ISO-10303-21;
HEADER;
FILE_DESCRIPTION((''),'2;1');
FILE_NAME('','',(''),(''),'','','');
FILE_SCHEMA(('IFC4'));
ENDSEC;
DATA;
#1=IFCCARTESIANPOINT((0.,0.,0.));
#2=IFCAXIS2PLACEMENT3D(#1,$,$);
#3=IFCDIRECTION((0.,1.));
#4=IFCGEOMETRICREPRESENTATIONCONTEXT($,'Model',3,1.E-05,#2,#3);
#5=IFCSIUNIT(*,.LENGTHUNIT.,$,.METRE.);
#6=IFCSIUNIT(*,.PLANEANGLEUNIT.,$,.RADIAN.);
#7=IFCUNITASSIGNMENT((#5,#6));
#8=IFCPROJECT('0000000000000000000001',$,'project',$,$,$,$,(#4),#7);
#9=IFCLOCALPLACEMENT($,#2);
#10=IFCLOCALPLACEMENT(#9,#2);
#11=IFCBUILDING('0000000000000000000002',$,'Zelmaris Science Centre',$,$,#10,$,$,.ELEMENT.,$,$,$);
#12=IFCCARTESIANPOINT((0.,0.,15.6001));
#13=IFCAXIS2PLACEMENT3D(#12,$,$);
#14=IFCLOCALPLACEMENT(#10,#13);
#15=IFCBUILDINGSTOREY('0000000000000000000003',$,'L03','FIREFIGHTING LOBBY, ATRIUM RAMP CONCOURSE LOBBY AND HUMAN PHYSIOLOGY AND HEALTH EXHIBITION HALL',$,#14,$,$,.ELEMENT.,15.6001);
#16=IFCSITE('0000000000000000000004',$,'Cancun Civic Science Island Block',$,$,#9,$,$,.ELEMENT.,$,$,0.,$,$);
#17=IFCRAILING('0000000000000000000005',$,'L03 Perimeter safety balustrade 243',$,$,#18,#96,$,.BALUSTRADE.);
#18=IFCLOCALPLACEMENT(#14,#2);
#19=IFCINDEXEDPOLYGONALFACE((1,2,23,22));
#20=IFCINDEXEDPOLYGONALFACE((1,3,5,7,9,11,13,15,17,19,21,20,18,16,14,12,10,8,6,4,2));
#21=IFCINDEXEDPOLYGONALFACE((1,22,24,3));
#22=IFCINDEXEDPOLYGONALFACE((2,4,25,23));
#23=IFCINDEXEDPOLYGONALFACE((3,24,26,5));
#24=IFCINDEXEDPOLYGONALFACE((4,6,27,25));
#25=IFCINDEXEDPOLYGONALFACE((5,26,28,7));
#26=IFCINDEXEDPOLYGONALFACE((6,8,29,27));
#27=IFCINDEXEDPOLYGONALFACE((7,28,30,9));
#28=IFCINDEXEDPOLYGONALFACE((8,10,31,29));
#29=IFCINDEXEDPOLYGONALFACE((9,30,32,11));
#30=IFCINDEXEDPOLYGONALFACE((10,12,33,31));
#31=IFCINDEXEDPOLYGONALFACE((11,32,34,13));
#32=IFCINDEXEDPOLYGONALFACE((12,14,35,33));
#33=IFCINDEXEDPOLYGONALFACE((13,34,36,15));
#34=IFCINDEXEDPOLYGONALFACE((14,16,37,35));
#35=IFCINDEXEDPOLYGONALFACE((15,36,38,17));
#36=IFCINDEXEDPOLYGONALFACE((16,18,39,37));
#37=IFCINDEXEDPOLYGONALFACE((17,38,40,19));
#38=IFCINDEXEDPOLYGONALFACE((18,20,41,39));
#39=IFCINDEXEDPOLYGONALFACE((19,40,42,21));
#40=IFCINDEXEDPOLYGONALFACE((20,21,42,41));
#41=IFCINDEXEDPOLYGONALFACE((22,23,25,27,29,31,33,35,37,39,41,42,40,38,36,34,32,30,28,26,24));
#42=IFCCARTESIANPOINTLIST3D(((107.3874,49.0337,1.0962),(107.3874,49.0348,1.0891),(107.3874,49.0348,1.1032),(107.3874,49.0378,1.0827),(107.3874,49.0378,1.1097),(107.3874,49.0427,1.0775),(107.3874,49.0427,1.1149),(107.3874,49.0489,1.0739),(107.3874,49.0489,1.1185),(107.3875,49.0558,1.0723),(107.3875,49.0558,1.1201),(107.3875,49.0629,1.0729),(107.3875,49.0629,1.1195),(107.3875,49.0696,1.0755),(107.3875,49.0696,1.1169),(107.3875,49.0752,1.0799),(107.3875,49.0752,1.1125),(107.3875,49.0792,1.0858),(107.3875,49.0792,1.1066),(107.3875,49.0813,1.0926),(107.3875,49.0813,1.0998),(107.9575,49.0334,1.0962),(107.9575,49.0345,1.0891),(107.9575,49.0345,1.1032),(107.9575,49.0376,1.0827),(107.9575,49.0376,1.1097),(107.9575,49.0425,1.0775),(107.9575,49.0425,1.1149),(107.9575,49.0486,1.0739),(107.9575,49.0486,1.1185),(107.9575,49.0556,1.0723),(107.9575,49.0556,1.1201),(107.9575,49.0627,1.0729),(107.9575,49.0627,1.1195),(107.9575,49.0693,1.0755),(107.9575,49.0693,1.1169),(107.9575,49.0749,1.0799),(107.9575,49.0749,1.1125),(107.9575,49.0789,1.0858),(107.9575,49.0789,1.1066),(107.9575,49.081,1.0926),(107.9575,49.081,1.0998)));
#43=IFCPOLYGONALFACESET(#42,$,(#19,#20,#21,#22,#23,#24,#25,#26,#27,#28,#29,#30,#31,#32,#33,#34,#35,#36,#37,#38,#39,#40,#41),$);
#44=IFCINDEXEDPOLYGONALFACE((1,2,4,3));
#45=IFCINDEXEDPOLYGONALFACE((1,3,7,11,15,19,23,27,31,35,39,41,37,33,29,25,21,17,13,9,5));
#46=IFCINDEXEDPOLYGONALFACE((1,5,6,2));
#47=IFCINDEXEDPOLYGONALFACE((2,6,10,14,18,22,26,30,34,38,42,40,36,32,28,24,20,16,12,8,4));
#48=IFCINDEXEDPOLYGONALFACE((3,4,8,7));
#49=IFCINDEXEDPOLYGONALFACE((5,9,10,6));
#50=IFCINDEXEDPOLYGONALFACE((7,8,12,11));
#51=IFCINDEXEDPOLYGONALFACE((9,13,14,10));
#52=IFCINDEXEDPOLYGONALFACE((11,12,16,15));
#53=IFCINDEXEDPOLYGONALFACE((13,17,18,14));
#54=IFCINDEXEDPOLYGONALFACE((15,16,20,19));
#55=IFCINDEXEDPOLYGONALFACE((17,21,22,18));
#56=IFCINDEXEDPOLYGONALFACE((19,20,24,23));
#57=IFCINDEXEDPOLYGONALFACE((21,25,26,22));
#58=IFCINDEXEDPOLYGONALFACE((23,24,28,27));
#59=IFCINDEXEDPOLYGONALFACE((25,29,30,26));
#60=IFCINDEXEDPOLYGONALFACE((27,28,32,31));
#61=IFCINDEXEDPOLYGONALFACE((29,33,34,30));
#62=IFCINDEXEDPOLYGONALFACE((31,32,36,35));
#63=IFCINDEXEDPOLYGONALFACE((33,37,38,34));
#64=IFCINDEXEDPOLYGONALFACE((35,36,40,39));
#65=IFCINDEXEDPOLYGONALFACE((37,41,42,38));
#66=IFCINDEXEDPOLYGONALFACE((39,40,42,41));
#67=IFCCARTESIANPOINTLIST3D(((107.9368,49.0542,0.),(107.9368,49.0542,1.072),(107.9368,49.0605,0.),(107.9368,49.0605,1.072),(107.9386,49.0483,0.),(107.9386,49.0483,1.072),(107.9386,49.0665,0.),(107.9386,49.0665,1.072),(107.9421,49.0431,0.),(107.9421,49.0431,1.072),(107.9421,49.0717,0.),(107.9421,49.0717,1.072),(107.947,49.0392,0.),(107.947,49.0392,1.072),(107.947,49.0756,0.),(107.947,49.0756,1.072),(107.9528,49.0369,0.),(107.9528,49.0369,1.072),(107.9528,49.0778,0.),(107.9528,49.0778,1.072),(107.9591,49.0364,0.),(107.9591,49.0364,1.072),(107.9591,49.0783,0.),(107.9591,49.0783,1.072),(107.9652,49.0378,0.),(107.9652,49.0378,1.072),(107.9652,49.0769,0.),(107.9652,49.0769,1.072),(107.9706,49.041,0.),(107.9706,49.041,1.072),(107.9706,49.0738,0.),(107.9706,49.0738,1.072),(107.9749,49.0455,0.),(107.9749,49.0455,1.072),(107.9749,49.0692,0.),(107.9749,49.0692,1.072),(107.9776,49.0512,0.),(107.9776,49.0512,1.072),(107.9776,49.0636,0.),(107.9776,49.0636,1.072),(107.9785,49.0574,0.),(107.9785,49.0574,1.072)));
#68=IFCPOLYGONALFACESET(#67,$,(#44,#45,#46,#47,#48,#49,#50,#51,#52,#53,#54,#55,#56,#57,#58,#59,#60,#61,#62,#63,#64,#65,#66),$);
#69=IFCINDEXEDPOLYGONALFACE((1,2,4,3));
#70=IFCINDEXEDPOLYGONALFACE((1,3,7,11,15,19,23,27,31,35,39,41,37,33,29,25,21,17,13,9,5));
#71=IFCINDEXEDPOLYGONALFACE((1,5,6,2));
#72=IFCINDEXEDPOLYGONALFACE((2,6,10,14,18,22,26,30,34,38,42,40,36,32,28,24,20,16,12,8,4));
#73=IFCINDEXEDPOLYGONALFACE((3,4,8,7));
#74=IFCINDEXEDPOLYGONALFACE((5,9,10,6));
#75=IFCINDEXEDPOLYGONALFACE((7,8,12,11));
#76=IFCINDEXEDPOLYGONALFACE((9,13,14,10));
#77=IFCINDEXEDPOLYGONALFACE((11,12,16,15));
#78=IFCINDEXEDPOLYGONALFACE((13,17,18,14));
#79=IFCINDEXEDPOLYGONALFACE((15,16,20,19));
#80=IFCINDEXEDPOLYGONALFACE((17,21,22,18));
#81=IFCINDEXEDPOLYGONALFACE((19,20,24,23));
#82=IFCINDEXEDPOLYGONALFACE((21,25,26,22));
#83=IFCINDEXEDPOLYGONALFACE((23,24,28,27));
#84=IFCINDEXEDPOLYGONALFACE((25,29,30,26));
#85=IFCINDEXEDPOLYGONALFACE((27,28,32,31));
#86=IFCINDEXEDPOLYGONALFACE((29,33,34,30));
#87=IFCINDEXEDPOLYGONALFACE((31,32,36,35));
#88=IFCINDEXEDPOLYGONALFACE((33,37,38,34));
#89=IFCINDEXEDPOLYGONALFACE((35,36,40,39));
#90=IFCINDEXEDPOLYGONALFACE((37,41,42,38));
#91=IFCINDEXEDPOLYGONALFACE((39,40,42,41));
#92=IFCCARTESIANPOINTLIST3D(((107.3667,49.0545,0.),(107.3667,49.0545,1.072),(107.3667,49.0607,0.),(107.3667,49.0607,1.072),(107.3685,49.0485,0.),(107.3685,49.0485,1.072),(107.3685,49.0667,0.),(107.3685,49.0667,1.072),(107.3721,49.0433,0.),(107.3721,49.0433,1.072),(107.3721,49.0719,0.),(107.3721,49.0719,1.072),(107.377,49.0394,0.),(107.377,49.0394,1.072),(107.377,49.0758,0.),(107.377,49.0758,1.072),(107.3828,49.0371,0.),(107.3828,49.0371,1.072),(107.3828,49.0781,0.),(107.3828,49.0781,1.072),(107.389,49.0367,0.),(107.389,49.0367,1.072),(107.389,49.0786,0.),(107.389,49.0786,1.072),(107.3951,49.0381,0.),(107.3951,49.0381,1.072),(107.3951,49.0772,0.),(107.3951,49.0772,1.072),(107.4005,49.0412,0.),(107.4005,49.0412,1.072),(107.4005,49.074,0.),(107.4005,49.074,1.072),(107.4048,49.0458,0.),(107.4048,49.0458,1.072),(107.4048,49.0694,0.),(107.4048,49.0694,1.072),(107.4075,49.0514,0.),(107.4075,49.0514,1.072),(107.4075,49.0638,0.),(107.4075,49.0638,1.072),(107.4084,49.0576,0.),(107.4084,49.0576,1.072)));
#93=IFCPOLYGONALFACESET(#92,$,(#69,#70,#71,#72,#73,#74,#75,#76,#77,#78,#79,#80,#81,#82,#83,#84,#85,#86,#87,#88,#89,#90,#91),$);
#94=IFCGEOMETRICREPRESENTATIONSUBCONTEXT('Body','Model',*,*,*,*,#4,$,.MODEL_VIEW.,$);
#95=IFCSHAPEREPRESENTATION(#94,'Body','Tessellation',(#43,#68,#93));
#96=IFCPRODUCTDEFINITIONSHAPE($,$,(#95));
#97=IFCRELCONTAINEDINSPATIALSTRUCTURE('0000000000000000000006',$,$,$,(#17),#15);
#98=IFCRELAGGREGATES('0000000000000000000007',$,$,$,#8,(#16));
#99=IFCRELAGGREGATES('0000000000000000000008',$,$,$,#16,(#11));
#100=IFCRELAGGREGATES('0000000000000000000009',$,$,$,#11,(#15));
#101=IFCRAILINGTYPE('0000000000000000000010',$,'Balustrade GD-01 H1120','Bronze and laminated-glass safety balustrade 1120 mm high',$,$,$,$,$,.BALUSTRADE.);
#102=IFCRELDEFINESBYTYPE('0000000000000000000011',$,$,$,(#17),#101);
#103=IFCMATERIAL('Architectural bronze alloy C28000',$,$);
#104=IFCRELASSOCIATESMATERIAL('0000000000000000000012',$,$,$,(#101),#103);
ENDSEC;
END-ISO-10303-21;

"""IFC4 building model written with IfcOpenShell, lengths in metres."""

from ifc_helpers import new_model, si_unit, direction, frame, origin, origin_2d, place, context, subcontext, project, spatial, circle, extrude, material, type_object, element, save


model = new_model("IFC4")

# Units and contexts
model_context = context("Model", 3, precision=1e-05, world=origin(), true_north=direction((0.0, 1.0)))
body_context = subcontext(model_context, "Body", "Model", "MODEL_VIEW")
ifc_project = project(units=[si_unit("LENGTHUNIT", "METRE"), si_unit("PLANEANGLEUNIT", "RADIAN")], contexts=[model_context])

# Site, building, storey
site_placement = place(None, origin())
site = spatial("IfcSite", under=ifc_project, at=site_placement, Name="Cancun Civic Science Island Block", CompositionType="ELEMENT", RefElevation=0.0)
building_placement = place(site_placement, origin())
building = spatial("IfcBuilding", under=site, at=building_placement, Name="Zelmaris Science Centre", CompositionType="ELEMENT")
storey_placement = place(building_placement, frame((0.0, 0.0, 15.6001)))
storey = spatial("IfcBuildingStorey", under=building, at=storey_placement, Name="L03", Description="FIREFIGHTING LOBBY, ATRIUM RAMP CONCOURSE LOBBY AND HUMAN PHYSIOLOGY AND HEALTH EXHIBITION HALL", CompositionType="ELEMENT", Elevation=15.6001)

# Railing
ifc_material_1 = material(Name="Architectural bronze alloy C28000")
railing_type = type_object("IfcRailingType", Name="Balustrade GD-01 H1120", Description="Bronze and laminated-glass safety balustrade 1120 mm high", PredefinedType="BALUSTRADE", material=ifc_material_1)
railing_placement = place(storey_placement, frame((107.9575, 49.0574, 0.0)))
element("IfcRailing", 1, at=railing_placement, inside=storey, type_object=railing_type, Name="L03 Perimeter safety balustrade 243", PredefinedType="BALUSTRADE", context=body_context, shape_type="SweptSolid", body=[
    extrude(circle(Radius=0.0239, at=origin_2d()), frame((0.0, 0.0, 1.0962), z_axis=(-1.0, 0.000428, 0.0), x_axis=(-0.000428, -1.0, 0.0)), (0.0, 0.0, 1.0), 0.5701),
    extrude(circle(Radius=0.021, at=origin_2d()), origin(), (0.0, 0.0, 1.0), 1.072),
    extrude(circle(Radius=0.021, at=origin_2d()), frame((-0.5701, 0.0002, 0.0)), (0.0, 0.0, 1.0), 1.072),
])

save(model, "model.ifc")
